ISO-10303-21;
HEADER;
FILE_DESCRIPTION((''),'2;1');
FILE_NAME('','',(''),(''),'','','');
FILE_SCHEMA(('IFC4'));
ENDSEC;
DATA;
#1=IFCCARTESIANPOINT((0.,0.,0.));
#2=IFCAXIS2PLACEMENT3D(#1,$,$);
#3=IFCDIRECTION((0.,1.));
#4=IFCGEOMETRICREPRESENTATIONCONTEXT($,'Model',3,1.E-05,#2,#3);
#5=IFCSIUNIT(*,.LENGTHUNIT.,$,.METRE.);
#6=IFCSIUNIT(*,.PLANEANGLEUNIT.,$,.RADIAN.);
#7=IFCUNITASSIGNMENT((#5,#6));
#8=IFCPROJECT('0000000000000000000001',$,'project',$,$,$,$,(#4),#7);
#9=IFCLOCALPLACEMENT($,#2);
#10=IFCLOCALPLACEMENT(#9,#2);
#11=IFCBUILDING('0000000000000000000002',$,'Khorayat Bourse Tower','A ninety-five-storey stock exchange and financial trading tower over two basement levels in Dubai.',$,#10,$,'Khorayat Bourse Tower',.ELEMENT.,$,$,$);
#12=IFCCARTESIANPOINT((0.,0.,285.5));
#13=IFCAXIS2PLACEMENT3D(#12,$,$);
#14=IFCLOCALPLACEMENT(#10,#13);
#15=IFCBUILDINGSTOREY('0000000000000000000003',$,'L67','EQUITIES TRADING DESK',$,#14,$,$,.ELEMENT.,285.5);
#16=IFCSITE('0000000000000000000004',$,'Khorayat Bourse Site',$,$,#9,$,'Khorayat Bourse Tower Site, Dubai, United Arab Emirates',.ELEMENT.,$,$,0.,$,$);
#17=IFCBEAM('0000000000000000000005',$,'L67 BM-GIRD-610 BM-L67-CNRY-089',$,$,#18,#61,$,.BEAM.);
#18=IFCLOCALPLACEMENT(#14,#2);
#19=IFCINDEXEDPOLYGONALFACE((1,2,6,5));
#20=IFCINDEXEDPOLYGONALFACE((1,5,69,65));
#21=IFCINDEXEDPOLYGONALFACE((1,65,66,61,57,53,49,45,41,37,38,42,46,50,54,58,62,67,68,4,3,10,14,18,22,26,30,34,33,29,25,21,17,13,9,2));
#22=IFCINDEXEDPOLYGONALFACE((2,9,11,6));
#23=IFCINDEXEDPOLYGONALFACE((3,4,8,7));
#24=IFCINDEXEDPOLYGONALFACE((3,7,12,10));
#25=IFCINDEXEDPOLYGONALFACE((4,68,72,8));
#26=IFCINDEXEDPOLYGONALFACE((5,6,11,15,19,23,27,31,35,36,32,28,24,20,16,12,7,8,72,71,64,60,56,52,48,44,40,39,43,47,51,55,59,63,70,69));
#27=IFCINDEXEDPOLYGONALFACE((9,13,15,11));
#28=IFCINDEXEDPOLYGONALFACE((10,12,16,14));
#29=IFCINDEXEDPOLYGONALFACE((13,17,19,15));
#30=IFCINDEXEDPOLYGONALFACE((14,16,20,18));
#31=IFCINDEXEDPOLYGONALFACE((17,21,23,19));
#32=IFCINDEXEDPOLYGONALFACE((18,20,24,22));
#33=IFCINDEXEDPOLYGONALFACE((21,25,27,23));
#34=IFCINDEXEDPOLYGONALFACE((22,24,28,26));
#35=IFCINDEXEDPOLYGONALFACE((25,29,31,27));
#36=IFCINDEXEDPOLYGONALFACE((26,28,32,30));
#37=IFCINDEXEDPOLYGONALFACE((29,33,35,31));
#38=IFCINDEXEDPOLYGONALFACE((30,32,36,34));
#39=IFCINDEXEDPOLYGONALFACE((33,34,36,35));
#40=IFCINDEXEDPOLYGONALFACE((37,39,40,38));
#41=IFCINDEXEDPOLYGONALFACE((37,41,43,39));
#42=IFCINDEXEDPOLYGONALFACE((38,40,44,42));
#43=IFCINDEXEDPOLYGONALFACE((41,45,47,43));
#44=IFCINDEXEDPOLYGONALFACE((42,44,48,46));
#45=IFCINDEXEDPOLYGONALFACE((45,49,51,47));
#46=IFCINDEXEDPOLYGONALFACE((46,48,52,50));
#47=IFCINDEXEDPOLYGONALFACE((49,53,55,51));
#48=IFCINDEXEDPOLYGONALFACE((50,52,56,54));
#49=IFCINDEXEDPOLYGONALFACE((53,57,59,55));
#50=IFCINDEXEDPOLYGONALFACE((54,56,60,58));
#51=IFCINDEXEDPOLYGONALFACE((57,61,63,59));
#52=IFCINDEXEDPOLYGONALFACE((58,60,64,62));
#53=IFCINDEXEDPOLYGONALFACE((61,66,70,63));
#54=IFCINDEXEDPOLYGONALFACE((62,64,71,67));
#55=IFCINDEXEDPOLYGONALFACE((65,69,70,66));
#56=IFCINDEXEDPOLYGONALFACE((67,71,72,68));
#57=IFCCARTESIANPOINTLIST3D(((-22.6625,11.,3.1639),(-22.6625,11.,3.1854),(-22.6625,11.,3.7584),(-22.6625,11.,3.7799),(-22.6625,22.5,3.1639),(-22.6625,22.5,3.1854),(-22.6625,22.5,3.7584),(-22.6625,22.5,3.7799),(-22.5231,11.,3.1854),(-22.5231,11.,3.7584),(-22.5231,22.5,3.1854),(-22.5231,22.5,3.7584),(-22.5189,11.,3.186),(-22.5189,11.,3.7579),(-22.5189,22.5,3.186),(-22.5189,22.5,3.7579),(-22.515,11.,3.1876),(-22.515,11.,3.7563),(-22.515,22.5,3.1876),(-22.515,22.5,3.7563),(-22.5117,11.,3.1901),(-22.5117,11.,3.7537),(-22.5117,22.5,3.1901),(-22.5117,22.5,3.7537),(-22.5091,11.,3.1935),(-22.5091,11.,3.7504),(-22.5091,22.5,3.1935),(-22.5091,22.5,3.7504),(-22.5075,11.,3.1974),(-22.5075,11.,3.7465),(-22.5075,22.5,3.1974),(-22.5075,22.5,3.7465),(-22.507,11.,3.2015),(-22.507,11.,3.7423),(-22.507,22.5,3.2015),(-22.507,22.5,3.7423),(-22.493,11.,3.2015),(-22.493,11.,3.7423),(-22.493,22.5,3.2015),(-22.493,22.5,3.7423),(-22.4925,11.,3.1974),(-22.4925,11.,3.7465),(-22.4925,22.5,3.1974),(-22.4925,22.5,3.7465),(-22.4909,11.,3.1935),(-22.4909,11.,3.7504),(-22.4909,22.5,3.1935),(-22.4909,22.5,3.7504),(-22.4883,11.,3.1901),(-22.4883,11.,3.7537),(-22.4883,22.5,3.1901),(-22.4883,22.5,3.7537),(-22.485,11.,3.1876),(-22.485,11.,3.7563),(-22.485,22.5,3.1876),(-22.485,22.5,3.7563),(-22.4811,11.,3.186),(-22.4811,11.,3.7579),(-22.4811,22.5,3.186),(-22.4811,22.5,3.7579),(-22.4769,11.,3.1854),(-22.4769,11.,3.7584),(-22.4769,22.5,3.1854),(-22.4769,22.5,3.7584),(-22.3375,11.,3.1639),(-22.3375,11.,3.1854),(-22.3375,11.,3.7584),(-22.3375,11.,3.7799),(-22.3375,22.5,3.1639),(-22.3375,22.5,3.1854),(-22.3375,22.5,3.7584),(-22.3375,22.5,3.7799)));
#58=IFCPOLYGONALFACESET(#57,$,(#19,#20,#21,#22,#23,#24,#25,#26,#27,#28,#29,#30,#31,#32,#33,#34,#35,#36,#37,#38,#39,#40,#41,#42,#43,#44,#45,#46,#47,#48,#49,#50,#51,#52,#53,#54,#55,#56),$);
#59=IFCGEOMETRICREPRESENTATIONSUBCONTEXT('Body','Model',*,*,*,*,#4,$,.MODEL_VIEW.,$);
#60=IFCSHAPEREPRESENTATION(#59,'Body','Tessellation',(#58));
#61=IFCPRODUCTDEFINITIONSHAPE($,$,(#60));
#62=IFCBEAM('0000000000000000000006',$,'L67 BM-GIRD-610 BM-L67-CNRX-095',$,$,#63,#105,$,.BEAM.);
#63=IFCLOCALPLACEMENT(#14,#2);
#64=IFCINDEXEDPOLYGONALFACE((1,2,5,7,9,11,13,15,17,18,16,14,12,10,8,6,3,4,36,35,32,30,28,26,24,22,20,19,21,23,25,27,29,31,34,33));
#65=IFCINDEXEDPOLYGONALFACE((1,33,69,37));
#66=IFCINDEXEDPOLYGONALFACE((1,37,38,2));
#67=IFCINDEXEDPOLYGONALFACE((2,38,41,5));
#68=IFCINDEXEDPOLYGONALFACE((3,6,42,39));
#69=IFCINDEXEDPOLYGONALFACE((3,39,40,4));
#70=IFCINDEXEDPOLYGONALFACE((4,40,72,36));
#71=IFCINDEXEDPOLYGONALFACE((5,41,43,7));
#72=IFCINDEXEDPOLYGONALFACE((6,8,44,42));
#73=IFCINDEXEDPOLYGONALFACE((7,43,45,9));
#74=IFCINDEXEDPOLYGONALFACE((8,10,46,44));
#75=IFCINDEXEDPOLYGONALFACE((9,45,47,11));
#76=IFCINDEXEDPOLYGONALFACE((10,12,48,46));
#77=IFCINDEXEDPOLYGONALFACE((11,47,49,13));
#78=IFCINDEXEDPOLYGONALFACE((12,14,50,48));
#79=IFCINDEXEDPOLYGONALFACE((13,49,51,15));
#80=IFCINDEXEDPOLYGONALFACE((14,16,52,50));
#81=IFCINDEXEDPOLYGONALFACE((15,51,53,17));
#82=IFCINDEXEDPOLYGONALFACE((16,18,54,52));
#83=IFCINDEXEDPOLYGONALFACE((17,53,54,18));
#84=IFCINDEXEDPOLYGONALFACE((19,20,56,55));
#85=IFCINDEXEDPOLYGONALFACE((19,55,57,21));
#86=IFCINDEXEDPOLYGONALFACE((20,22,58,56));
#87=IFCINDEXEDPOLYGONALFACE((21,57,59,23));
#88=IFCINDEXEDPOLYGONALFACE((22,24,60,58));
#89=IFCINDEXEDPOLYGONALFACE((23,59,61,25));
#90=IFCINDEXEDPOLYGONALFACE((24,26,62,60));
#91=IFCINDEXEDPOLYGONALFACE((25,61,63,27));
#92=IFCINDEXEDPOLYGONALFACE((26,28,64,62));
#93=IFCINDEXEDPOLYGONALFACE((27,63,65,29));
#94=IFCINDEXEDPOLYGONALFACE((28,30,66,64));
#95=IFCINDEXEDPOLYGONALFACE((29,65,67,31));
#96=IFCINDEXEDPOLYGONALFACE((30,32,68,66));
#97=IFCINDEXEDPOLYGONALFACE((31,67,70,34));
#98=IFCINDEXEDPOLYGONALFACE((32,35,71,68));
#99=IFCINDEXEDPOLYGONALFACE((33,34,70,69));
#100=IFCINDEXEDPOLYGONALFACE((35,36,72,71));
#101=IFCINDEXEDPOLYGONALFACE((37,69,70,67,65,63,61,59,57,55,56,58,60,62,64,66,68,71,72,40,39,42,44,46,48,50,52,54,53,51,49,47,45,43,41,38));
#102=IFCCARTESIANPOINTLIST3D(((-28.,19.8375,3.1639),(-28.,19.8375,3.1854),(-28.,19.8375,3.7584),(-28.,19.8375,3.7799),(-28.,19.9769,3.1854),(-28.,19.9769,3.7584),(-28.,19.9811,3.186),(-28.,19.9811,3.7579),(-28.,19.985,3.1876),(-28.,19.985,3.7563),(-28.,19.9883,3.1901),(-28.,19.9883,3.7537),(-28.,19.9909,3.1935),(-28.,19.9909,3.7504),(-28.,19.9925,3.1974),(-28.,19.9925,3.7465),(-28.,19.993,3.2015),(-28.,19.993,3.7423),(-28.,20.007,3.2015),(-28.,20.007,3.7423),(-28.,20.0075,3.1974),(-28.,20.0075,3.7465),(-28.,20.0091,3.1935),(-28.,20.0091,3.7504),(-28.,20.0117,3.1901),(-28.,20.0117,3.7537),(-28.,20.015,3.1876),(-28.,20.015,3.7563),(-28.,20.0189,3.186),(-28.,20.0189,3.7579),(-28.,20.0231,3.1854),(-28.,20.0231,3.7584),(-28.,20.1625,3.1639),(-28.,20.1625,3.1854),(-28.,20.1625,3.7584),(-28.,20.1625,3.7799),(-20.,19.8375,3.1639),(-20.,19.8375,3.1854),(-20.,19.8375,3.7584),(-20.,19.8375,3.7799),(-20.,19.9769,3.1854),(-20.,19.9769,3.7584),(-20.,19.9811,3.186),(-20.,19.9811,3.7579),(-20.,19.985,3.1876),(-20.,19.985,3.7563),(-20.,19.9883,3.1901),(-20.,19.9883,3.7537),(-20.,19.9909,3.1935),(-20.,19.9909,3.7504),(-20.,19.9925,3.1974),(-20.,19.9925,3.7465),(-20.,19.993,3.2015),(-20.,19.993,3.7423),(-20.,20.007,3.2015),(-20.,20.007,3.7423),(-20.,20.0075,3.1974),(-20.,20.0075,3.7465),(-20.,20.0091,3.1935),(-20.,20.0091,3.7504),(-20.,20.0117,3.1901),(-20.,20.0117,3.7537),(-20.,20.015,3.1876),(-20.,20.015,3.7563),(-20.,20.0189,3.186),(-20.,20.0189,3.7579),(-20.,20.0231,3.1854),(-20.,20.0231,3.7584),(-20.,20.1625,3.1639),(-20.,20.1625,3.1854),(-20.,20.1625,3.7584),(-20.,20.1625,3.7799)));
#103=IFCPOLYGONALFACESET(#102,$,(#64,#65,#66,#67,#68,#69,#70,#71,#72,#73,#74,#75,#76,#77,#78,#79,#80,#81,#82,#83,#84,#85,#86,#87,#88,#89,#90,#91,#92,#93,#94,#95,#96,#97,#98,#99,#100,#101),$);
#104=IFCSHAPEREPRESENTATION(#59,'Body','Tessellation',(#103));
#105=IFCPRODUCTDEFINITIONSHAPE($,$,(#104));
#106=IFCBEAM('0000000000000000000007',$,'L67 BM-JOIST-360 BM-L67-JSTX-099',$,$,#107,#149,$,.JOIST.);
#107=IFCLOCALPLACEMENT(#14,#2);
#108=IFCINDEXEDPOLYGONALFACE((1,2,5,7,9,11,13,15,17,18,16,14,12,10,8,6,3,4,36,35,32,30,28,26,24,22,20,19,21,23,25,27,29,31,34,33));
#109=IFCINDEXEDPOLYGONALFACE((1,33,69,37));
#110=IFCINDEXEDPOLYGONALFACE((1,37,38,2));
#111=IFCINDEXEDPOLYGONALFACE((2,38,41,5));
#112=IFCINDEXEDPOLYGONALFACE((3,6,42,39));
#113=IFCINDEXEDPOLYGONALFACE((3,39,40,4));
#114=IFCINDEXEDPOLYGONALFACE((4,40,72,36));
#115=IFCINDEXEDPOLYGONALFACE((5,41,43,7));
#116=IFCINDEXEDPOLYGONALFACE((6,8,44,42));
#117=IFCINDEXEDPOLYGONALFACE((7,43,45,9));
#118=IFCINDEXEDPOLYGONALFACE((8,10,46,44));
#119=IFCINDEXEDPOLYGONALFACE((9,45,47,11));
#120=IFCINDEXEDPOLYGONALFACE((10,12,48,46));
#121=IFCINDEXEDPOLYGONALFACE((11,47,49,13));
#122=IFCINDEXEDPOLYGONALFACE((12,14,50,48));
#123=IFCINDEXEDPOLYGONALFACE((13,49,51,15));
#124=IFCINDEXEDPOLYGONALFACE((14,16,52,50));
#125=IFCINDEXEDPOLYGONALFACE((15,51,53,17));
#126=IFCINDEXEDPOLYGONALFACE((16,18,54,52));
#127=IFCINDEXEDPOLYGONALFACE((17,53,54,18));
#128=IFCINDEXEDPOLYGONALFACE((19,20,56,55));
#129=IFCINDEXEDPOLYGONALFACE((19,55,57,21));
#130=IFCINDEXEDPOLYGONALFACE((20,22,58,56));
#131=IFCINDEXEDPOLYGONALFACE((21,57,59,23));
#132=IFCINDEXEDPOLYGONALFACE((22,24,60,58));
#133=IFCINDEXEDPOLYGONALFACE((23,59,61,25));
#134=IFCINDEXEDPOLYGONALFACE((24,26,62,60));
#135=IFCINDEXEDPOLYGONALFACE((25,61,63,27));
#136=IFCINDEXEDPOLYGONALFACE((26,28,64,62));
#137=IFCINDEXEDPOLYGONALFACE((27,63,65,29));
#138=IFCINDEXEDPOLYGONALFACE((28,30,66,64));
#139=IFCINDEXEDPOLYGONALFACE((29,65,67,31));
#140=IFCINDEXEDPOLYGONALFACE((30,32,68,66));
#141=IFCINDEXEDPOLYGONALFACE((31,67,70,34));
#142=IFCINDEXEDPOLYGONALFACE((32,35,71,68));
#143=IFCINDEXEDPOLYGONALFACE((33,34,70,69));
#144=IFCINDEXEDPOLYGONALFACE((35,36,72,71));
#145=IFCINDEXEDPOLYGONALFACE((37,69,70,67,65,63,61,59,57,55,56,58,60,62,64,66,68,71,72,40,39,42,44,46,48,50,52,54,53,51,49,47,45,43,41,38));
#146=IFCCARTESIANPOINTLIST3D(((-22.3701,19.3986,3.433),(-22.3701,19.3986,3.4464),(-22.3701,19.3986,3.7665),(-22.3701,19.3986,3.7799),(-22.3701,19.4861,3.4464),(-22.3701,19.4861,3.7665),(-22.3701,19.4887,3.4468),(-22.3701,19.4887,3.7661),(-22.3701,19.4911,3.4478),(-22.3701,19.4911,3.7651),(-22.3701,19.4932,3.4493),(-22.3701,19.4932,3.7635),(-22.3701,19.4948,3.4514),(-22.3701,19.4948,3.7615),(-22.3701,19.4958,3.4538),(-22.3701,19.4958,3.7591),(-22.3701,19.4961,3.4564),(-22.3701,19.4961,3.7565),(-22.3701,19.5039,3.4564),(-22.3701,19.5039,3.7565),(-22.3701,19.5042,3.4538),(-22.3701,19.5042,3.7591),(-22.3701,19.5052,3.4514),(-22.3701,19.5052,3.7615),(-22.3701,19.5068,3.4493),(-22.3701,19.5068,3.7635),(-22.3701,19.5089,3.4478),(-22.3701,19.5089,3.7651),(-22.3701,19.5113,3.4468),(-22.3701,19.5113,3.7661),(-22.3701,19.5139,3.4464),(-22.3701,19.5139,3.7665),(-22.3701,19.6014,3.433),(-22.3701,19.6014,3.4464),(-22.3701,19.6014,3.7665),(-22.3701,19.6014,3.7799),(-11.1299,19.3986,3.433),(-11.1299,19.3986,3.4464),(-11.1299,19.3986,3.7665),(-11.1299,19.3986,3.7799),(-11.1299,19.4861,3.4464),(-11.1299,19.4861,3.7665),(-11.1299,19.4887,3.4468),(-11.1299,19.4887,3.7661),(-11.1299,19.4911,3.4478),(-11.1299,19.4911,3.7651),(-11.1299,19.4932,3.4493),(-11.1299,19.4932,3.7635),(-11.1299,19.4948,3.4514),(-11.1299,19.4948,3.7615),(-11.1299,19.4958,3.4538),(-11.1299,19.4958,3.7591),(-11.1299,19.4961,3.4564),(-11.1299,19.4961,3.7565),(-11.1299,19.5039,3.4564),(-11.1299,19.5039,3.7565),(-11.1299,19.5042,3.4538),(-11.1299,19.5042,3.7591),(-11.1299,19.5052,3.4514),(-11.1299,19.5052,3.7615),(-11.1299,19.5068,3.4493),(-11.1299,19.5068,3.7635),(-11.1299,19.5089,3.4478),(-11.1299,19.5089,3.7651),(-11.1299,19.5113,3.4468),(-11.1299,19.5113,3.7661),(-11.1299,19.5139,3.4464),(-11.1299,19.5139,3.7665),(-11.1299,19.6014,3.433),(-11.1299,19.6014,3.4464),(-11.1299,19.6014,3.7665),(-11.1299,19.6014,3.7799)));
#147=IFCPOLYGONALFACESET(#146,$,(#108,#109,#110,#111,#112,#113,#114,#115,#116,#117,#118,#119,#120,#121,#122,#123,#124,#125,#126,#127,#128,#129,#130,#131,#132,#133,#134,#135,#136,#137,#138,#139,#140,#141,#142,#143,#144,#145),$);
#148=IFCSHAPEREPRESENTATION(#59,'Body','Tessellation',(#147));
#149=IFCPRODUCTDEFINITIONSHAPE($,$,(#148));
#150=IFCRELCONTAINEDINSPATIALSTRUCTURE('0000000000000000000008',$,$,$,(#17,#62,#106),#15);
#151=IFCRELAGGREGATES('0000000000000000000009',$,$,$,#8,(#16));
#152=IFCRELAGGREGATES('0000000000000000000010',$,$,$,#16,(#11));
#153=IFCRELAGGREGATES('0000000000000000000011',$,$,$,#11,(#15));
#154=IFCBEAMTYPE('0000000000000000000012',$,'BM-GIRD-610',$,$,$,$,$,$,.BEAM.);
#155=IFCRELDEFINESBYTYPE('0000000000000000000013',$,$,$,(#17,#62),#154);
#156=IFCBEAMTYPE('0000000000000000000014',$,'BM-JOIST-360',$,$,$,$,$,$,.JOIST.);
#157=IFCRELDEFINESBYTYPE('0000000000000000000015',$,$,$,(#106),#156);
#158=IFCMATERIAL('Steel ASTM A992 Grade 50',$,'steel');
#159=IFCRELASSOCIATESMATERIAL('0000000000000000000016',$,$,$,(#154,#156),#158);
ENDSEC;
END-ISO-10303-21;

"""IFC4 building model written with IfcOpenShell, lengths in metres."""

from ifc_helpers import new_model, si_unit, direction, frame, origin, origin_2d, place, context, subcontext, project, spatial, i_section, extrude, source, transform, mapped, material, material_profile, profile_set, type_object, element, save


model = new_model("IFC4")

# Units and contexts
model_context = context("Model", 3, precision=1e-05, world=origin(), true_north=direction((0.0, 1.0)))
body_context = subcontext(model_context, "Body", "Model", "MODEL_VIEW")
ifc_project = project(units=[si_unit("LENGTHUNIT", "METRE"), si_unit("PLANEANGLEUNIT", "RADIAN")], contexts=[model_context])

# Site, building, storey
site_placement = place(None, origin())
site = spatial("IfcSite", under=ifc_project, at=site_placement, Name="Khorayat Bourse Site", LongName="Khorayat Bourse Tower Site, Dubai, United Arab Emirates", CompositionType="ELEMENT", RefElevation=0.0)
building_placement = place(site_placement, origin())
building = spatial("IfcBuilding", under=site, at=building_placement, Name="Khorayat Bourse Tower", Description="A ninety-five-storey stock exchange and financial trading tower over two basement levels in Dubai.", LongName="Khorayat Bourse Tower", CompositionType="ELEMENT")
storey_placement = place(building_placement, frame((0.0, 0.0, 285.5)))
storey = spatial("IfcBuildingStorey", under=building, at=storey_placement, Name="L67", Description="EQUITIES TRADING DESK", CompositionType="ELEMENT", Elevation=285.5)

# Beams
ifc_material_1 = material(Name="Steel ASTM A992 Grade 50", Category="steel")
ifc_material_profile_1 = material_profile(ifc_material_1, i_section(OverallWidth=0.325, OverallDepth=0.616, WebThickness=0.0139, FlangeThickness=0.0215, FilletRadius=0.0161, at=origin_2d()), Name="W610X174")
ifc_profile_set_1 = profile_set([ifc_material_profile_1], Name="Steel ASTM A992 Grade 50")
beam_type_1 = type_object("IfcBeamType", Name="BM-GIRD-610", PredefinedType="BEAM", material=ifc_profile_set_1)
shared_shape_1 = source(origin(), body_context, "Body", "SweptSolid", [
    extrude(i_section(OverallWidth=0.325, OverallDepth=0.616, WebThickness=0.0139, FlangeThickness=0.0215, FilletRadius=0.0161, at=origin_2d()), origin(), (0.0, 0.0, 1.0), 11.5),
])
beam_1_placement = place(storey_placement, frame((-22.5, 11.0, 3.4719), z_axis=(0.0, 1.0, 0.0), x_axis=(-1.0, 0.0, 0.0)))
element("IfcBeam", 1, at=beam_1_placement, inside=storey, type_object=beam_type_1, Name="L67 BM-GIRD-610 BM-L67-CNRY-089", PredefinedType="BEAM", context=body_context, shape_type="MappedRepresentation", body=[
    mapped(shared_shape_1, transform((0.0, 0.0, 0.0), scale=1.0)),
])
shared_shape_2 = source(origin(), body_context, "Body", "SweptSolid", [
    extrude(i_section(OverallWidth=0.325, OverallDepth=0.616, WebThickness=0.0139, FlangeThickness=0.0215, FilletRadius=0.0161, at=origin_2d()), origin(), (0.0, 0.0, 1.0), 8.0),
])
beam_2_placement = place(storey_placement, frame((-28.0, 20.0, 3.4719), z_axis=(1.0, 0.0, 0.0), x_axis=(0.0, 1.0, 0.0)))
element("IfcBeam", 2, at=beam_2_placement, inside=storey, type_object=beam_type_1, Name="L67 BM-GIRD-610 BM-L67-CNRX-095", PredefinedType="BEAM", context=body_context, shape_type="MappedRepresentation", body=[
    mapped(shared_shape_2, transform((0.0, 0.0, 0.0), scale=1.0)),
])
ifc_material_profile_2 = material_profile(ifc_material_1, i_section(OverallWidth=0.2029, OverallDepth=0.3469, WebThickness=0.0078, FlangeThickness=0.0134, FilletRadius=0.01, at=origin_2d()), Name="W360X64")
ifc_profile_set_2 = profile_set([ifc_material_profile_2], Name="Steel ASTM A992 Grade 50")
beam_type_2 = type_object("IfcBeamType", Name="BM-JOIST-360", PredefinedType="JOIST", material=ifc_profile_set_2)
shared_shape_3 = source(origin(), body_context, "Body", "SweptSolid", [
    extrude(i_section(OverallWidth=0.2029, OverallDepth=0.3469, WebThickness=0.0078, FlangeThickness=0.0134, FilletRadius=0.01, at=origin_2d()), origin(), (0.0, 0.0, 1.0), 11.2402),
])
beam_3_placement = place(storey_placement, frame((-22.3701, 19.5, 3.6064), z_axis=(1.0, 0.0, 0.0), x_axis=(0.0, 1.0, 0.0)))
element("IfcBeam", 3, at=beam_3_placement, inside=storey, type_object=beam_type_2, Name="L67 BM-JOIST-360 BM-L67-JSTX-099", PredefinedType="JOIST", context=body_context, shape_type="MappedRepresentation", body=[
    mapped(shared_shape_3, transform((0.0, 0.0, 0.0), scale=1.0)),
])

save(model, "model.ifc")
